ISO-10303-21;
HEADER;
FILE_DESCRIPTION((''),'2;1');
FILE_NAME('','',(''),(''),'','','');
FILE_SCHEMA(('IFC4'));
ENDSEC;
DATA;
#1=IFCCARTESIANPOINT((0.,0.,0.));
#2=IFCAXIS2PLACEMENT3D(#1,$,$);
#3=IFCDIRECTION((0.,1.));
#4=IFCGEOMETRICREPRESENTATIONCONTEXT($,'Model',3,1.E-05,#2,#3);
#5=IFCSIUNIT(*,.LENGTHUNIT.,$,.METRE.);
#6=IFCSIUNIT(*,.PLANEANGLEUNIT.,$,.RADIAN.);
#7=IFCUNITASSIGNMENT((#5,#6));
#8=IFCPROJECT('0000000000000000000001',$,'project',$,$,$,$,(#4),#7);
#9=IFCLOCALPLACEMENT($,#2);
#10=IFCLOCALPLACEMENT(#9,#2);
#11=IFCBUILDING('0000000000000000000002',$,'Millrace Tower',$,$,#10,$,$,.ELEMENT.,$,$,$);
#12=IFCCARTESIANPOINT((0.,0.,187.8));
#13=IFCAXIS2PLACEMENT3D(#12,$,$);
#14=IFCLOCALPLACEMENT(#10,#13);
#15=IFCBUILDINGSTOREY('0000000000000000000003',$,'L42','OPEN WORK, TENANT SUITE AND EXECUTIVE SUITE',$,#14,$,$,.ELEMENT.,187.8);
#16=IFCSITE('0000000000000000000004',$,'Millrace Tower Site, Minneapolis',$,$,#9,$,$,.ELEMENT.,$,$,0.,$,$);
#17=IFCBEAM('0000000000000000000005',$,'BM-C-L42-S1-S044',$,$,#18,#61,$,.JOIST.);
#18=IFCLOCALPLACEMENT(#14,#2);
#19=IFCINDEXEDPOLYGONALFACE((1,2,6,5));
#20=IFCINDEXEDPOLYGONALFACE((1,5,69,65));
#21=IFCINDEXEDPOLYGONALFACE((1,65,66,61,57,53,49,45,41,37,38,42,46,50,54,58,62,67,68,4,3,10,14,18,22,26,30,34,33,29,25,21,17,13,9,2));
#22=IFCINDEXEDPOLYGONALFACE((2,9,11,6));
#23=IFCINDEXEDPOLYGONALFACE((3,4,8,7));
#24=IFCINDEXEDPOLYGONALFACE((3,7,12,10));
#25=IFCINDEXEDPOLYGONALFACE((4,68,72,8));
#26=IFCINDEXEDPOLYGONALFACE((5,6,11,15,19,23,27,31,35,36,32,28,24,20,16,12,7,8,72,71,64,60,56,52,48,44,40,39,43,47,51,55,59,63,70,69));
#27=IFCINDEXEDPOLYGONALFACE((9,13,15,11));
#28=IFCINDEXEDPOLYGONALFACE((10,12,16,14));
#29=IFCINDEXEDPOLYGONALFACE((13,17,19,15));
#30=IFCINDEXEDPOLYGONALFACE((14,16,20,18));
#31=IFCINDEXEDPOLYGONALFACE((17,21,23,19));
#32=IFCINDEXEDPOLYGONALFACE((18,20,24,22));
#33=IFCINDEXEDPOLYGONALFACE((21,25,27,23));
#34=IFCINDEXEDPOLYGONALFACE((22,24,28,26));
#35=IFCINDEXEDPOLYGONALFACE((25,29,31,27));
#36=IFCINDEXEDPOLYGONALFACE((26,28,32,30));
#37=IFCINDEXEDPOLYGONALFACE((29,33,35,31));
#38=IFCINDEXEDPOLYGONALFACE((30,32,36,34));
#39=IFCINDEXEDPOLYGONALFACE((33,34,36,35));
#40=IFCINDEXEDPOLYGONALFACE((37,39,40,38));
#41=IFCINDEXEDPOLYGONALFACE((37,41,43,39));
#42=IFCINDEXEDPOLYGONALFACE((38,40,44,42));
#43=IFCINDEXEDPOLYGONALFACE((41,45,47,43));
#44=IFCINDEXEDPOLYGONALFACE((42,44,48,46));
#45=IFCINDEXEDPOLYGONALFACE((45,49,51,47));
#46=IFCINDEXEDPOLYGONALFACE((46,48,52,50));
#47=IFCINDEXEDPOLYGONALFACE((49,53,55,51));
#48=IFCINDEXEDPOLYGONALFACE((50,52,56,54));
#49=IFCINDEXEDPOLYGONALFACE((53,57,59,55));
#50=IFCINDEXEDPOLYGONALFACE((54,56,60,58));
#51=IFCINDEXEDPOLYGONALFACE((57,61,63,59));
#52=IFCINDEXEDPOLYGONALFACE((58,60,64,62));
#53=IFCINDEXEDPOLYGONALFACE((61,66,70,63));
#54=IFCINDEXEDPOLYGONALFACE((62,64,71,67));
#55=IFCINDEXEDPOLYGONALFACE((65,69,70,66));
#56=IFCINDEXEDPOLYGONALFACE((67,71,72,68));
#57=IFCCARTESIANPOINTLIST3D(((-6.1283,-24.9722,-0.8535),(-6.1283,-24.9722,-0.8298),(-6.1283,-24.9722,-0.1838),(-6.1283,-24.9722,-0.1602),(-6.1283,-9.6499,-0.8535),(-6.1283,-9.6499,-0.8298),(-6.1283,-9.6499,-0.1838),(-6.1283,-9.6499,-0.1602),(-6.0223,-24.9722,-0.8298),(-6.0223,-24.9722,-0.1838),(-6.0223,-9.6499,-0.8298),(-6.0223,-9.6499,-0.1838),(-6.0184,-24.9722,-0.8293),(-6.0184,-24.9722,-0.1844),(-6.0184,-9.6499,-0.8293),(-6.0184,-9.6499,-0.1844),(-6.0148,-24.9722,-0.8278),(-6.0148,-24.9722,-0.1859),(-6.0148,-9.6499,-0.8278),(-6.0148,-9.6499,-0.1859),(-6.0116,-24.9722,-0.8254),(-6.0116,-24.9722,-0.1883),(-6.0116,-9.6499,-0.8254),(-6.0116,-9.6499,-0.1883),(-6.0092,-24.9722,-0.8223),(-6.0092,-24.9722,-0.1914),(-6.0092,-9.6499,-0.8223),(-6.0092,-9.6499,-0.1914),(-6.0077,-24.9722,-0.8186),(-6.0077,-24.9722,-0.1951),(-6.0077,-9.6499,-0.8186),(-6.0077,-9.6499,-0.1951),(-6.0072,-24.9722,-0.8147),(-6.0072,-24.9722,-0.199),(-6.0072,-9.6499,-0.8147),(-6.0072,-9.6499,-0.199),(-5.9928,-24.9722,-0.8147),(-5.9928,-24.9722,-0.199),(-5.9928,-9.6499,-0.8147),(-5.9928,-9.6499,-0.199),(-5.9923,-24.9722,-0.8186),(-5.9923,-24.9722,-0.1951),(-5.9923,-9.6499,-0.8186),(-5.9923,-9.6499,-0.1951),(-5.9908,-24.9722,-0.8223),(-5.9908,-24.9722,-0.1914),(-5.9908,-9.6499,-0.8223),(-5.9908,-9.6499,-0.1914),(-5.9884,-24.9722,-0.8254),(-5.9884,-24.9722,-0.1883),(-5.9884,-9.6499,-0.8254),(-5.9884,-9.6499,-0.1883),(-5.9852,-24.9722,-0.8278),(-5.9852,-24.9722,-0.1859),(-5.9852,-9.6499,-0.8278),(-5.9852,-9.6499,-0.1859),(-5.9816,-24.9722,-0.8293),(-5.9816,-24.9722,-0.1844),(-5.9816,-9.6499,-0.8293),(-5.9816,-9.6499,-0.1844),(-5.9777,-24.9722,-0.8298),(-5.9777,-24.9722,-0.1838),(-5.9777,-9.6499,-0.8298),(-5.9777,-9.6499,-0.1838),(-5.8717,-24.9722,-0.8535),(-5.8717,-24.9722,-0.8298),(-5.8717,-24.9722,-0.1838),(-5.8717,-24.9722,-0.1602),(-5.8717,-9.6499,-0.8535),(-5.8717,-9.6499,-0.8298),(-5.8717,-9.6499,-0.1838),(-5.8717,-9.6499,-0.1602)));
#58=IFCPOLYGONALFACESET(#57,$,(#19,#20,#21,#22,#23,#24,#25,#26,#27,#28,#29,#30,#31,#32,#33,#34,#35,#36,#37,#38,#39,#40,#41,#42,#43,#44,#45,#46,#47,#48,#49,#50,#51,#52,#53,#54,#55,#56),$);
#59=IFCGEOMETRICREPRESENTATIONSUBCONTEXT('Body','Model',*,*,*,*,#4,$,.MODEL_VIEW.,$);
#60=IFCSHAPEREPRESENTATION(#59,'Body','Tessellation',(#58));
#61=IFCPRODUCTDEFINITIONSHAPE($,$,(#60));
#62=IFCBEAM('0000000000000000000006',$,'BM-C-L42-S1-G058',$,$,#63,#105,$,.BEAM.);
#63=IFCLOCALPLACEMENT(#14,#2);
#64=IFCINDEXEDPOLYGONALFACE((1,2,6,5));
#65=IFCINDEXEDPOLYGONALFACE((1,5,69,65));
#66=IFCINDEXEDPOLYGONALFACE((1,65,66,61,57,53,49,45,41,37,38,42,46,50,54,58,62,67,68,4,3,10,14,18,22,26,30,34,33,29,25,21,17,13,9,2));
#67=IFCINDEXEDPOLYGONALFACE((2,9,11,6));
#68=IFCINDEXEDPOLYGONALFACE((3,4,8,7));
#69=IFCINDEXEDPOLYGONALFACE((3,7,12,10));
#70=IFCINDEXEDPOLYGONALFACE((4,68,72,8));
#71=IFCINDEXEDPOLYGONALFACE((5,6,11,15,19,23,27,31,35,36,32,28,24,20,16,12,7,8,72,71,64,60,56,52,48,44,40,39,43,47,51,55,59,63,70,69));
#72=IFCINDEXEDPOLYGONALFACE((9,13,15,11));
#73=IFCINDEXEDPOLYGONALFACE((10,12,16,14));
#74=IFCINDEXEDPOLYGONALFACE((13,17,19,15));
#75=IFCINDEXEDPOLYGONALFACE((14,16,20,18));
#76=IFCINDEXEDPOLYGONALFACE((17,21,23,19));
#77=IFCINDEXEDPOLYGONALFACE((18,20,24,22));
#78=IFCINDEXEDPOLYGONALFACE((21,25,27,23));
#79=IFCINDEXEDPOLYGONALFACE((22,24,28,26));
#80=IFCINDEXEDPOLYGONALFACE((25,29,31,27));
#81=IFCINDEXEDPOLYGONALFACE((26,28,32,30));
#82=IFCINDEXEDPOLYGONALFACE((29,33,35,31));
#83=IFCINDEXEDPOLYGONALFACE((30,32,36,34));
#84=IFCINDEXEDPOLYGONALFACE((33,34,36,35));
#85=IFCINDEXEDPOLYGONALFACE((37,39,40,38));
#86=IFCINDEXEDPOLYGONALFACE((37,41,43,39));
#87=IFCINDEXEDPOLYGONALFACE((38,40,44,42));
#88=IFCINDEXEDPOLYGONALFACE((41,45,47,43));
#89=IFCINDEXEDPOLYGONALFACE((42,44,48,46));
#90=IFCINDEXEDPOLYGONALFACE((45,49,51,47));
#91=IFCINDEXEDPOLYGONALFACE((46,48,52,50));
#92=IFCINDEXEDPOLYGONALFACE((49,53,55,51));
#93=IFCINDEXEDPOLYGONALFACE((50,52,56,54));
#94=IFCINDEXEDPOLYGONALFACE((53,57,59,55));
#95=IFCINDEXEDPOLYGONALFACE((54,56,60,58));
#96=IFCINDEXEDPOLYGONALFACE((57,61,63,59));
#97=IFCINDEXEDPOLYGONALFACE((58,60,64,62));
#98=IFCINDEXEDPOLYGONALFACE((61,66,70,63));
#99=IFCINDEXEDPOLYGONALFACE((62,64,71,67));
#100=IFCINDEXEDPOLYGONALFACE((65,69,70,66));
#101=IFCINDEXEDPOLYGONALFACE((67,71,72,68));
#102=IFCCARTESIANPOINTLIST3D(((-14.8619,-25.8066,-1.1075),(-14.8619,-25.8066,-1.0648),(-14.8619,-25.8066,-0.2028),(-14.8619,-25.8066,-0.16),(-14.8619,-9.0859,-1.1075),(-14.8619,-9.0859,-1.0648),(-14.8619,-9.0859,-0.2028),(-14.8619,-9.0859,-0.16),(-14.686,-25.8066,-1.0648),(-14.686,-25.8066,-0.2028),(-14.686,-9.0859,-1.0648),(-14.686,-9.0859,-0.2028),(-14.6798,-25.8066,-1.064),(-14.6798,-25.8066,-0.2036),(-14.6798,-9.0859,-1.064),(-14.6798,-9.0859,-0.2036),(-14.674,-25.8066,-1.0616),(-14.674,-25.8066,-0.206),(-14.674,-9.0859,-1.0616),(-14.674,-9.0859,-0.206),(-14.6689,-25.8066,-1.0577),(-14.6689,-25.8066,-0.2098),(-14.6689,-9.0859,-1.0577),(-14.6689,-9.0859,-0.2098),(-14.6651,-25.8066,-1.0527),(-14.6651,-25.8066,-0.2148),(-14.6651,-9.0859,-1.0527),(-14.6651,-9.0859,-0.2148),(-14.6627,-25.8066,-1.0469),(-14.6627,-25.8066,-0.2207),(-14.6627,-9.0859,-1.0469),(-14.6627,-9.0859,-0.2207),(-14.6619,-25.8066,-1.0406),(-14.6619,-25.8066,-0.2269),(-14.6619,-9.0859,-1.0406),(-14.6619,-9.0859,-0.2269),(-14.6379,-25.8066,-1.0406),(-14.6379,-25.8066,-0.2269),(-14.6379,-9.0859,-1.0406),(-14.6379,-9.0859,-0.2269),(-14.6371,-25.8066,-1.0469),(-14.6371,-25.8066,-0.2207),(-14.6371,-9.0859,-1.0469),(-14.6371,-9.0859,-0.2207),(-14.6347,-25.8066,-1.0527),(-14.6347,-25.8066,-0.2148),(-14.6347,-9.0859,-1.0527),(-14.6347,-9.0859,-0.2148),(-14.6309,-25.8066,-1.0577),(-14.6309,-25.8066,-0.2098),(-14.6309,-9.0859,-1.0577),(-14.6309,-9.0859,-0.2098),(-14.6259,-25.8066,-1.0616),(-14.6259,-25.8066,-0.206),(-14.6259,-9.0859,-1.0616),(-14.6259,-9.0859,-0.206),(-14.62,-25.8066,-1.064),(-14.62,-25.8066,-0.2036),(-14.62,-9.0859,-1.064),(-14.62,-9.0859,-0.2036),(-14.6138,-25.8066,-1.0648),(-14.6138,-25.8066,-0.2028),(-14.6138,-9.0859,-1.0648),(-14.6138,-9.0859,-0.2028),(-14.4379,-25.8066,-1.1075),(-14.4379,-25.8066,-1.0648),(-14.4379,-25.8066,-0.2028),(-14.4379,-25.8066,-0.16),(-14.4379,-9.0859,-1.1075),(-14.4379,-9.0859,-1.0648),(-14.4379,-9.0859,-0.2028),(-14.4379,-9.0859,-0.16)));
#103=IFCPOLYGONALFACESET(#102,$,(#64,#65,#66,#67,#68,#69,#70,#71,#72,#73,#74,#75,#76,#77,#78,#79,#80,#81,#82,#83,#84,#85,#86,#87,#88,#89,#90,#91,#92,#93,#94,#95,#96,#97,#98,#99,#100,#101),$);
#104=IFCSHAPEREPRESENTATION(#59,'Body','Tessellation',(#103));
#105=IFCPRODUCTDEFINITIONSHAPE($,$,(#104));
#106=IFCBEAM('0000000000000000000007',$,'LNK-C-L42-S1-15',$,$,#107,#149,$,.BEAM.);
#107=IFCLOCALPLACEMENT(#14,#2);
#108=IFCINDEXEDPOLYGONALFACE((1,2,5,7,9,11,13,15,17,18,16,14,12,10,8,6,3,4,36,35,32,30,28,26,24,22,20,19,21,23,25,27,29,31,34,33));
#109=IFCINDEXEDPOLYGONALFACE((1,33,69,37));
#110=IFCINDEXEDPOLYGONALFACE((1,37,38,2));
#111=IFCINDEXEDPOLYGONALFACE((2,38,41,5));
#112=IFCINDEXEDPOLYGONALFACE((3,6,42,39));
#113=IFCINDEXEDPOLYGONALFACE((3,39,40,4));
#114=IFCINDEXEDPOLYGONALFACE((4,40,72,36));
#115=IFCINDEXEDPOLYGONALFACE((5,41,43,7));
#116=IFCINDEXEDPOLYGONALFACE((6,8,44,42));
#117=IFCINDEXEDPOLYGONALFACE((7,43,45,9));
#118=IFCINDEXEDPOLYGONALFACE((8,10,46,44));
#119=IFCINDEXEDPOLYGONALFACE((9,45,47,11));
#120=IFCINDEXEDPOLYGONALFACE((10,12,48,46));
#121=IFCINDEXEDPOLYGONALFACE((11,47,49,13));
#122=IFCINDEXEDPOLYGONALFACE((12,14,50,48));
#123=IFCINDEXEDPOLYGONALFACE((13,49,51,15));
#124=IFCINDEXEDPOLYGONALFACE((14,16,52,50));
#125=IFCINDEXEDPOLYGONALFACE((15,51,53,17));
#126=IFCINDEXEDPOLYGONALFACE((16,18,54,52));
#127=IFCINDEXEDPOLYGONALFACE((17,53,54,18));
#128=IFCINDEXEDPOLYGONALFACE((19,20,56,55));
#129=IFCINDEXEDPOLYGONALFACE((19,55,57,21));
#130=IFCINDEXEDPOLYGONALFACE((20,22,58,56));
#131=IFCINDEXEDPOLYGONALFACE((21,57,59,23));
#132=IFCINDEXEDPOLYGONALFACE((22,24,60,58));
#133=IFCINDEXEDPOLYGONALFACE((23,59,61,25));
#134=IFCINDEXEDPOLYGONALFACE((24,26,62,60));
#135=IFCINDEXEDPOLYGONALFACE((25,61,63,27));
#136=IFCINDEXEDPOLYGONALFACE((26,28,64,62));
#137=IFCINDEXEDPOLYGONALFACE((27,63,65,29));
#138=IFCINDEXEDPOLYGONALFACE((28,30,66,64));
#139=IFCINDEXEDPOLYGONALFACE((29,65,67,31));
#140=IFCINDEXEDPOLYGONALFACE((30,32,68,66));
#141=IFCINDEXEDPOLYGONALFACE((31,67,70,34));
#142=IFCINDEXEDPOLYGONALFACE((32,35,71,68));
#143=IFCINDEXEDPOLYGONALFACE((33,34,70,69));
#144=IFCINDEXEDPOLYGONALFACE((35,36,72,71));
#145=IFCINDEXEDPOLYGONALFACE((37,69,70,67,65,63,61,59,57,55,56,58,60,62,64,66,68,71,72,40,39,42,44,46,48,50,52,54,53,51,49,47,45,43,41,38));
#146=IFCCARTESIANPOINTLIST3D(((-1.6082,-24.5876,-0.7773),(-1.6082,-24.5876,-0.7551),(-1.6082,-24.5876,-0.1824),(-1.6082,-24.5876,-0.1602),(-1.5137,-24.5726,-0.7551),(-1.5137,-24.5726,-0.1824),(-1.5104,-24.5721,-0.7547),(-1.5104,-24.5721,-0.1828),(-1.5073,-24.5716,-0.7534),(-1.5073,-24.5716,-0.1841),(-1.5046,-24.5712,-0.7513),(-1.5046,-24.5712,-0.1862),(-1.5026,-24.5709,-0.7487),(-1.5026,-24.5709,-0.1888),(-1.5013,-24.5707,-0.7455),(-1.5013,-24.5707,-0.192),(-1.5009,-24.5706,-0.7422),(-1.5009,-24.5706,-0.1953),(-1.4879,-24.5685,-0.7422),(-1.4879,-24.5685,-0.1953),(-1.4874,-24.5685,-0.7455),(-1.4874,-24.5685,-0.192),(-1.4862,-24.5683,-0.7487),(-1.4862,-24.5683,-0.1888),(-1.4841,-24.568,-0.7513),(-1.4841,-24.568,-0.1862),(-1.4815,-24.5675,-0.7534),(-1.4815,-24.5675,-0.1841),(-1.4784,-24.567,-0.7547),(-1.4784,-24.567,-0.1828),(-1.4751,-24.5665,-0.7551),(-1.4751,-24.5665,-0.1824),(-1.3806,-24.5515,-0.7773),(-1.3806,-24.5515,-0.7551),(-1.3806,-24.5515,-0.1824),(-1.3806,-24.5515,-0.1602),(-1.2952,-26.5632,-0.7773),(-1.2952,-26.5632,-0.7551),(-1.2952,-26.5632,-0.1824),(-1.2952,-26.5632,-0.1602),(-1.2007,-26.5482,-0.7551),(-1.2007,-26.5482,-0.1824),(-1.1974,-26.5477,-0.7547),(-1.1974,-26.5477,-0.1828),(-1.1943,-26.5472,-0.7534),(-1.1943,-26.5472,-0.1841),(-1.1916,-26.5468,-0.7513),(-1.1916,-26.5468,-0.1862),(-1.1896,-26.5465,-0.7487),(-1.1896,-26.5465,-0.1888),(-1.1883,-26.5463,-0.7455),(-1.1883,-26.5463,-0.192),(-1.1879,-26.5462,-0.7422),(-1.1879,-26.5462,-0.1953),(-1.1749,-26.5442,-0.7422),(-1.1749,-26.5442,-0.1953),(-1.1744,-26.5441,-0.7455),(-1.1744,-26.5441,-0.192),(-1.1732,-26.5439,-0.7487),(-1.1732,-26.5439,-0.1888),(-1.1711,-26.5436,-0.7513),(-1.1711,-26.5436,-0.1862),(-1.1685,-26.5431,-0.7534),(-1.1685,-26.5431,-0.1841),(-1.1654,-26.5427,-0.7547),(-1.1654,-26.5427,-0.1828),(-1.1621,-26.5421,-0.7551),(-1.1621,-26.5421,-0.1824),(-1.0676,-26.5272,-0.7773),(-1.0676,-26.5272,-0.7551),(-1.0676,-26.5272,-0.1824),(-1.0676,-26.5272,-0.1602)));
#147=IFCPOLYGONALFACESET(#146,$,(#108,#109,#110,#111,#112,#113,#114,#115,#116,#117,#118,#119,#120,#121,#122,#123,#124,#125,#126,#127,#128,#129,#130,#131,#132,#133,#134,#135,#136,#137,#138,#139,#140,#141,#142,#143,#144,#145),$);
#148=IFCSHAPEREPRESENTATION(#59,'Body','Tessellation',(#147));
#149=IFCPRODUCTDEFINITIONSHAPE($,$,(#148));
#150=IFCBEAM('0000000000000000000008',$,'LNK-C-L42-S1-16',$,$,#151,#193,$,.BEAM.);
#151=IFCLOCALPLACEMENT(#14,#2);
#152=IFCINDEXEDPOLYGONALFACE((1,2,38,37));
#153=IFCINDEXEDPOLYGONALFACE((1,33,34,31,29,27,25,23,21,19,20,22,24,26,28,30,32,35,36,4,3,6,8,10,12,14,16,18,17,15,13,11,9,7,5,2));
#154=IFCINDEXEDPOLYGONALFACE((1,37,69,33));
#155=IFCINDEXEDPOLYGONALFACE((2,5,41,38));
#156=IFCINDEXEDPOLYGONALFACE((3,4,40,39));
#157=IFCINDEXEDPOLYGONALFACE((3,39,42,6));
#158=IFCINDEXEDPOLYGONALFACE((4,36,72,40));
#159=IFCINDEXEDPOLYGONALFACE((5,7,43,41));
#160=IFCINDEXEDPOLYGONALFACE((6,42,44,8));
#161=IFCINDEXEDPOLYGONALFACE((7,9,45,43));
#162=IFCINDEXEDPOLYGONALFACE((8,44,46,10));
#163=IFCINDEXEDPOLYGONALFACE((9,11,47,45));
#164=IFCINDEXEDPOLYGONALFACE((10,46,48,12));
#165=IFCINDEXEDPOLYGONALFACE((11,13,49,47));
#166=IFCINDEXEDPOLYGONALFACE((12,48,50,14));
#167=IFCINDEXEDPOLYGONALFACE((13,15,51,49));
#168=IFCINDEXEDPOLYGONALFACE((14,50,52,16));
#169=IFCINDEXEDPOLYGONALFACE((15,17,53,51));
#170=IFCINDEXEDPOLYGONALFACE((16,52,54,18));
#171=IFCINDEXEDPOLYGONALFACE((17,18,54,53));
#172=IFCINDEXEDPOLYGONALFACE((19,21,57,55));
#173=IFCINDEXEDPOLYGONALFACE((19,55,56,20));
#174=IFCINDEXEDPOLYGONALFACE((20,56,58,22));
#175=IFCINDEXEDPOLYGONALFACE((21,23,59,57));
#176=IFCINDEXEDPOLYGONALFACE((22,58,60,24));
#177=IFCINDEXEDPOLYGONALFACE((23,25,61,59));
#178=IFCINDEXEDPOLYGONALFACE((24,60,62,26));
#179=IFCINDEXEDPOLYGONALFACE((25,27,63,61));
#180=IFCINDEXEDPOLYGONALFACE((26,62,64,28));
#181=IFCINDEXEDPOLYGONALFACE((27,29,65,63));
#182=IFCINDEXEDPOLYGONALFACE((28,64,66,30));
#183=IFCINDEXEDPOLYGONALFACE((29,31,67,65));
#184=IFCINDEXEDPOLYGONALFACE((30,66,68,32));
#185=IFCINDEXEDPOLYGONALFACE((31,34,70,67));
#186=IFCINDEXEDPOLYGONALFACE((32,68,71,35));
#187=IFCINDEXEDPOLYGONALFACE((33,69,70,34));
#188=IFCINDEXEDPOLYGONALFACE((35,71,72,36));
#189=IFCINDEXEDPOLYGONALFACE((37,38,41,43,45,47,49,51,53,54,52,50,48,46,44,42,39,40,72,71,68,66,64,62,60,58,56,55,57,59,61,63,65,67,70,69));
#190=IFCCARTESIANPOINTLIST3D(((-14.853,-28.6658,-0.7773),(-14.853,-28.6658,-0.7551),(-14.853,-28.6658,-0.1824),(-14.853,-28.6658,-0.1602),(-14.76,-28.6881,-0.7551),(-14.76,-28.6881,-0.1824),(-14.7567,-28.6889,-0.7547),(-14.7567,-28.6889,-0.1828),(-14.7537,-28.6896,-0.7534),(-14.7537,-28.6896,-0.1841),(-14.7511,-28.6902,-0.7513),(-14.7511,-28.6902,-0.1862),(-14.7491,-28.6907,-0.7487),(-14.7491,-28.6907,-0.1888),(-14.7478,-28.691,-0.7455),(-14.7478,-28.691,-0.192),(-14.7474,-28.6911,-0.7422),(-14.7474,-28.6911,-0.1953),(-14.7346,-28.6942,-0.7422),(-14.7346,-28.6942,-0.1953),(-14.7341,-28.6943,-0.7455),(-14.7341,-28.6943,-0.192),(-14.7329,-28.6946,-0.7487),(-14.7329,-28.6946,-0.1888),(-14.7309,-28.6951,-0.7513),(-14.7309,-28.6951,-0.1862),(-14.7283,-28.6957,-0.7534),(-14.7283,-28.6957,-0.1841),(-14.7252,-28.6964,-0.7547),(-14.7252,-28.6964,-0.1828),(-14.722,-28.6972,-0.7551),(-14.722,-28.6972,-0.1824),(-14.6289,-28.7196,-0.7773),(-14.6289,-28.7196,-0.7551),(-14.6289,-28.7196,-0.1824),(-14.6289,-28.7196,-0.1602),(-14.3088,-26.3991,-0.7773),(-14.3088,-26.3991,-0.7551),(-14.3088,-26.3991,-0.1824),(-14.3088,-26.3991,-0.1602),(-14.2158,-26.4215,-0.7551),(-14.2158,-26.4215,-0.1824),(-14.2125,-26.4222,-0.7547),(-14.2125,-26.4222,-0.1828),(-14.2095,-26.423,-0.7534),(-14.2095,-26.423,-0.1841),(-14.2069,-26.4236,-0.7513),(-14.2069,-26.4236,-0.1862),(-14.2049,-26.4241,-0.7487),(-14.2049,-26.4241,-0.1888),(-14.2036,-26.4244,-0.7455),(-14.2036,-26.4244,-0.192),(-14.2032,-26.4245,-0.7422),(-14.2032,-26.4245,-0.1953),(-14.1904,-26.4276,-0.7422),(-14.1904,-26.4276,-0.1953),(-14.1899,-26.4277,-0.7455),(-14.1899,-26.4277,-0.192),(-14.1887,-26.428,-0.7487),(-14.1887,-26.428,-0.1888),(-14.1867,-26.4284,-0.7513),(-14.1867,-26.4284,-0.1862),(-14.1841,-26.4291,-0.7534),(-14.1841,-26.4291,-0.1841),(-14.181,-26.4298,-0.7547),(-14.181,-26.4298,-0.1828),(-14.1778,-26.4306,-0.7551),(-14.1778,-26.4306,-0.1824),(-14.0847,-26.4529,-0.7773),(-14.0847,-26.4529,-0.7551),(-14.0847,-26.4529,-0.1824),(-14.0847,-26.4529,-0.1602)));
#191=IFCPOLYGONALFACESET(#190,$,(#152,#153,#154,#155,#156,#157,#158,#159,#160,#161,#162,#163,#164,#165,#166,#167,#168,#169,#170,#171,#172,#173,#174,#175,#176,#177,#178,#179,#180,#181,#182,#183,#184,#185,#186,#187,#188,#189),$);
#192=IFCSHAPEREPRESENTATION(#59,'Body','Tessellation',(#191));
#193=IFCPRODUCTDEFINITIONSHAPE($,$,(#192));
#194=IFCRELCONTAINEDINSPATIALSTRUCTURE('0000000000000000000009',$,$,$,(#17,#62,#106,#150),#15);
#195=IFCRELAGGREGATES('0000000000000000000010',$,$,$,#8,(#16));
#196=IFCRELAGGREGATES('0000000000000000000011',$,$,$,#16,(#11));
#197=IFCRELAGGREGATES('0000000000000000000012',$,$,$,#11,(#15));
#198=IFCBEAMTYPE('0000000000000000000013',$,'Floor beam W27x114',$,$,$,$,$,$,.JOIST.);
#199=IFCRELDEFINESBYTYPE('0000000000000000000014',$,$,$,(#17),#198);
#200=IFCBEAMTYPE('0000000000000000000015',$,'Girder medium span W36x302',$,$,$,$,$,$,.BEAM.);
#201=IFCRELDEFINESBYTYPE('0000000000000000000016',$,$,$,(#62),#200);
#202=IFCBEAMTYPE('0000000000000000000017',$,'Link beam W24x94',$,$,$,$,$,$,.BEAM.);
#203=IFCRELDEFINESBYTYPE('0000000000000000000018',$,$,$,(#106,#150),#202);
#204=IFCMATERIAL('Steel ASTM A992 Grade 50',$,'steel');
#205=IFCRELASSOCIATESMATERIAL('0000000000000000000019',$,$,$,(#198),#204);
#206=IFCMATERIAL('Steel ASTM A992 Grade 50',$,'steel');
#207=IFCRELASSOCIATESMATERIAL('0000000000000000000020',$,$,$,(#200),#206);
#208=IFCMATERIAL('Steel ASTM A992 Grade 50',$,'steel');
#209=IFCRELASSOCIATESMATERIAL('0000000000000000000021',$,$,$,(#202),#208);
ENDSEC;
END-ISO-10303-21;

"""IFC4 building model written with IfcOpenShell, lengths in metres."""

from ifc_helpers import new_model, si_unit, direction, frame, origin, origin_2d, place, context, subcontext, project, spatial, i_section, extrude, material, material_profile, profile_set, type_object, element, save


model = new_model("IFC4")

# Units and contexts
model_context = context("Model", 3, precision=1e-05, world=origin(), true_north=direction((0.0, 1.0)))
body_context = subcontext(model_context, "Body", "Model", "MODEL_VIEW")
ifc_project = project(units=[si_unit("LENGTHUNIT", "METRE"), si_unit("PLANEANGLEUNIT", "RADIAN")], contexts=[model_context])

# Site, building, storey
site_placement = place(None, origin())
site = spatial("IfcSite", under=ifc_project, at=site_placement, Name="Millrace Tower Site, Minneapolis", CompositionType="ELEMENT", RefElevation=0.0)
building_placement = place(site_placement, origin())
building = spatial("IfcBuilding", under=site, at=building_placement, Name="Millrace Tower", CompositionType="ELEMENT")
storey_placement = place(building_placement, frame((0.0, 0.0, 187.8)))
storey = spatial("IfcBuildingStorey", under=building, at=storey_placement, Name="L42", Description="OPEN WORK, TENANT SUITE AND EXECUTIVE SUITE", CompositionType="ELEMENT", Elevation=187.8)

# Beams
ifc_material_1 = material(Name="Steel ASTM A992 Grade 50", Category="steel")
ifc_material_profile_1 = material_profile(ifc_material_1, i_section(OverallWidth=0.2566, OverallDepth=0.6934, WebThickness=0.0144, FlangeThickness=0.0237, FilletRadius=0.0151, at=origin_2d()))
ifc_profile_set_1 = profile_set([ifc_material_profile_1], Name="Steel ASTM A992 Grade 50")
beam_type_1 = type_object("IfcBeamType", Name="Floor beam W27x114", PredefinedType="JOIST", material=ifc_profile_set_1)
beam_1_placement = place(storey_placement, frame((-6.0, -24.9722, -0.5068), z_axis=(0.0, 1.0, 0.0), x_axis=(-1.0, 0.0, 0.0)))
element("IfcBeam", 1, at=beam_1_placement, inside=storey, type_object=beam_type_1, Name="BM-C-L42-S1-S044", PredefinedType="JOIST", context=body_context, shape_type="SweptSolid", body=[
    extrude(i_section(OverallWidth=0.2566, OverallDepth=0.6934, WebThickness=0.0144, FlangeThickness=0.0237, FilletRadius=0.0151, at=origin_2d()), origin(), (0.0, 0.0, 1.0), 15.3223),
])
ifc_material_2 = material(Name="Steel ASTM A992 Grade 50", Category="steel")
ifc_material_profile_2 = material_profile(ifc_material_2, i_section(OverallWidth=0.4241, OverallDepth=0.9475, WebThickness=0.0239, FlangeThickness=0.0427, FilletRadius=0.0242, at=origin_2d()))
ifc_profile_set_2 = profile_set([ifc_material_profile_2], Name="Steel ASTM A992 Grade 50")
beam_type_2 = type_object("IfcBeamType", Name="Girder medium span W36x302", PredefinedType="BEAM", material=ifc_profile_set_2)
beam_2_placement = place(storey_placement, frame((-14.6499, -25.8066, -0.6338), z_axis=(0.0, 1.0, 0.0), x_axis=(-1.0, 0.0, 0.0)))
element("IfcBeam", 2, at=beam_2_placement, inside=storey, type_object=beam_type_2, Name="BM-C-L42-S1-G058", PredefinedType="BEAM", context=body_context, shape_type="SweptSolid", body=[
    extrude(i_section(OverallWidth=0.4241, OverallDepth=0.9475, WebThickness=0.0239, FlangeThickness=0.0427, FilletRadius=0.0242, at=origin_2d()), origin(), (0.0, 0.0, 1.0), 16.7207),
])
ifc_material_3 = material(Name="Steel ASTM A992 Grade 50", Category="steel")
ifc_material_profile_3 = material_profile(ifc_material_3, i_section(OverallWidth=0.2305, OverallDepth=0.6172, WebThickness=0.0132, FlangeThickness=0.0222, FilletRadius=0.0129, at=origin_2d()))
ifc_profile_set_3 = profile_set([ifc_material_profile_3], Name="Steel ASTM A992 Grade 50")
beam_type_3 = type_object("IfcBeamType", Name="Link beam W24x94", PredefinedType="BEAM", material=ifc_profile_set_3)
beam_3_placement = place(storey_placement, frame((-1.4944, -24.5696, -0.4688), z_axis=(0.156477, -0.987682, 0.0), x_axis=(0.987682, 0.156477, 0.0)))
element("IfcBeam", 3, at=beam_3_placement, inside=storey, type_object=beam_type_3, Name="LNK-C-L42-S1-15", PredefinedType="BEAM", context=body_context, shape_type="SweptSolid", body=[
    extrude(i_section(OverallWidth=0.2305, OverallDepth=0.6172, WebThickness=0.0132, FlangeThickness=0.0222, FilletRadius=0.0129, at=origin_2d()), origin(), (0.0, 0.0, 1.0), 2.0002),
])
beam_4_placement = place(storey_placement, frame((-14.1968, -26.426, -0.4688), z_axis=(-0.233456, -0.972367, 0.0), x_axis=(0.972367, -0.233456, 0.0)))
element("IfcBeam", 4, at=beam_4_placement, inside=storey, type_object=beam_type_3, Name="LNK-C-L42-S1-16", PredefinedType="BEAM", context=body_context, shape_type="SweptSolid", body=[
    extrude(i_section(OverallWidth=0.2305, OverallDepth=0.6172, WebThickness=0.0132, FlangeThickness=0.0222, FilletRadius=0.0129, at=origin_2d()), origin(), (0.0, 0.0, 1.0), 2.3311),
])

save(model, "model.ifc")
